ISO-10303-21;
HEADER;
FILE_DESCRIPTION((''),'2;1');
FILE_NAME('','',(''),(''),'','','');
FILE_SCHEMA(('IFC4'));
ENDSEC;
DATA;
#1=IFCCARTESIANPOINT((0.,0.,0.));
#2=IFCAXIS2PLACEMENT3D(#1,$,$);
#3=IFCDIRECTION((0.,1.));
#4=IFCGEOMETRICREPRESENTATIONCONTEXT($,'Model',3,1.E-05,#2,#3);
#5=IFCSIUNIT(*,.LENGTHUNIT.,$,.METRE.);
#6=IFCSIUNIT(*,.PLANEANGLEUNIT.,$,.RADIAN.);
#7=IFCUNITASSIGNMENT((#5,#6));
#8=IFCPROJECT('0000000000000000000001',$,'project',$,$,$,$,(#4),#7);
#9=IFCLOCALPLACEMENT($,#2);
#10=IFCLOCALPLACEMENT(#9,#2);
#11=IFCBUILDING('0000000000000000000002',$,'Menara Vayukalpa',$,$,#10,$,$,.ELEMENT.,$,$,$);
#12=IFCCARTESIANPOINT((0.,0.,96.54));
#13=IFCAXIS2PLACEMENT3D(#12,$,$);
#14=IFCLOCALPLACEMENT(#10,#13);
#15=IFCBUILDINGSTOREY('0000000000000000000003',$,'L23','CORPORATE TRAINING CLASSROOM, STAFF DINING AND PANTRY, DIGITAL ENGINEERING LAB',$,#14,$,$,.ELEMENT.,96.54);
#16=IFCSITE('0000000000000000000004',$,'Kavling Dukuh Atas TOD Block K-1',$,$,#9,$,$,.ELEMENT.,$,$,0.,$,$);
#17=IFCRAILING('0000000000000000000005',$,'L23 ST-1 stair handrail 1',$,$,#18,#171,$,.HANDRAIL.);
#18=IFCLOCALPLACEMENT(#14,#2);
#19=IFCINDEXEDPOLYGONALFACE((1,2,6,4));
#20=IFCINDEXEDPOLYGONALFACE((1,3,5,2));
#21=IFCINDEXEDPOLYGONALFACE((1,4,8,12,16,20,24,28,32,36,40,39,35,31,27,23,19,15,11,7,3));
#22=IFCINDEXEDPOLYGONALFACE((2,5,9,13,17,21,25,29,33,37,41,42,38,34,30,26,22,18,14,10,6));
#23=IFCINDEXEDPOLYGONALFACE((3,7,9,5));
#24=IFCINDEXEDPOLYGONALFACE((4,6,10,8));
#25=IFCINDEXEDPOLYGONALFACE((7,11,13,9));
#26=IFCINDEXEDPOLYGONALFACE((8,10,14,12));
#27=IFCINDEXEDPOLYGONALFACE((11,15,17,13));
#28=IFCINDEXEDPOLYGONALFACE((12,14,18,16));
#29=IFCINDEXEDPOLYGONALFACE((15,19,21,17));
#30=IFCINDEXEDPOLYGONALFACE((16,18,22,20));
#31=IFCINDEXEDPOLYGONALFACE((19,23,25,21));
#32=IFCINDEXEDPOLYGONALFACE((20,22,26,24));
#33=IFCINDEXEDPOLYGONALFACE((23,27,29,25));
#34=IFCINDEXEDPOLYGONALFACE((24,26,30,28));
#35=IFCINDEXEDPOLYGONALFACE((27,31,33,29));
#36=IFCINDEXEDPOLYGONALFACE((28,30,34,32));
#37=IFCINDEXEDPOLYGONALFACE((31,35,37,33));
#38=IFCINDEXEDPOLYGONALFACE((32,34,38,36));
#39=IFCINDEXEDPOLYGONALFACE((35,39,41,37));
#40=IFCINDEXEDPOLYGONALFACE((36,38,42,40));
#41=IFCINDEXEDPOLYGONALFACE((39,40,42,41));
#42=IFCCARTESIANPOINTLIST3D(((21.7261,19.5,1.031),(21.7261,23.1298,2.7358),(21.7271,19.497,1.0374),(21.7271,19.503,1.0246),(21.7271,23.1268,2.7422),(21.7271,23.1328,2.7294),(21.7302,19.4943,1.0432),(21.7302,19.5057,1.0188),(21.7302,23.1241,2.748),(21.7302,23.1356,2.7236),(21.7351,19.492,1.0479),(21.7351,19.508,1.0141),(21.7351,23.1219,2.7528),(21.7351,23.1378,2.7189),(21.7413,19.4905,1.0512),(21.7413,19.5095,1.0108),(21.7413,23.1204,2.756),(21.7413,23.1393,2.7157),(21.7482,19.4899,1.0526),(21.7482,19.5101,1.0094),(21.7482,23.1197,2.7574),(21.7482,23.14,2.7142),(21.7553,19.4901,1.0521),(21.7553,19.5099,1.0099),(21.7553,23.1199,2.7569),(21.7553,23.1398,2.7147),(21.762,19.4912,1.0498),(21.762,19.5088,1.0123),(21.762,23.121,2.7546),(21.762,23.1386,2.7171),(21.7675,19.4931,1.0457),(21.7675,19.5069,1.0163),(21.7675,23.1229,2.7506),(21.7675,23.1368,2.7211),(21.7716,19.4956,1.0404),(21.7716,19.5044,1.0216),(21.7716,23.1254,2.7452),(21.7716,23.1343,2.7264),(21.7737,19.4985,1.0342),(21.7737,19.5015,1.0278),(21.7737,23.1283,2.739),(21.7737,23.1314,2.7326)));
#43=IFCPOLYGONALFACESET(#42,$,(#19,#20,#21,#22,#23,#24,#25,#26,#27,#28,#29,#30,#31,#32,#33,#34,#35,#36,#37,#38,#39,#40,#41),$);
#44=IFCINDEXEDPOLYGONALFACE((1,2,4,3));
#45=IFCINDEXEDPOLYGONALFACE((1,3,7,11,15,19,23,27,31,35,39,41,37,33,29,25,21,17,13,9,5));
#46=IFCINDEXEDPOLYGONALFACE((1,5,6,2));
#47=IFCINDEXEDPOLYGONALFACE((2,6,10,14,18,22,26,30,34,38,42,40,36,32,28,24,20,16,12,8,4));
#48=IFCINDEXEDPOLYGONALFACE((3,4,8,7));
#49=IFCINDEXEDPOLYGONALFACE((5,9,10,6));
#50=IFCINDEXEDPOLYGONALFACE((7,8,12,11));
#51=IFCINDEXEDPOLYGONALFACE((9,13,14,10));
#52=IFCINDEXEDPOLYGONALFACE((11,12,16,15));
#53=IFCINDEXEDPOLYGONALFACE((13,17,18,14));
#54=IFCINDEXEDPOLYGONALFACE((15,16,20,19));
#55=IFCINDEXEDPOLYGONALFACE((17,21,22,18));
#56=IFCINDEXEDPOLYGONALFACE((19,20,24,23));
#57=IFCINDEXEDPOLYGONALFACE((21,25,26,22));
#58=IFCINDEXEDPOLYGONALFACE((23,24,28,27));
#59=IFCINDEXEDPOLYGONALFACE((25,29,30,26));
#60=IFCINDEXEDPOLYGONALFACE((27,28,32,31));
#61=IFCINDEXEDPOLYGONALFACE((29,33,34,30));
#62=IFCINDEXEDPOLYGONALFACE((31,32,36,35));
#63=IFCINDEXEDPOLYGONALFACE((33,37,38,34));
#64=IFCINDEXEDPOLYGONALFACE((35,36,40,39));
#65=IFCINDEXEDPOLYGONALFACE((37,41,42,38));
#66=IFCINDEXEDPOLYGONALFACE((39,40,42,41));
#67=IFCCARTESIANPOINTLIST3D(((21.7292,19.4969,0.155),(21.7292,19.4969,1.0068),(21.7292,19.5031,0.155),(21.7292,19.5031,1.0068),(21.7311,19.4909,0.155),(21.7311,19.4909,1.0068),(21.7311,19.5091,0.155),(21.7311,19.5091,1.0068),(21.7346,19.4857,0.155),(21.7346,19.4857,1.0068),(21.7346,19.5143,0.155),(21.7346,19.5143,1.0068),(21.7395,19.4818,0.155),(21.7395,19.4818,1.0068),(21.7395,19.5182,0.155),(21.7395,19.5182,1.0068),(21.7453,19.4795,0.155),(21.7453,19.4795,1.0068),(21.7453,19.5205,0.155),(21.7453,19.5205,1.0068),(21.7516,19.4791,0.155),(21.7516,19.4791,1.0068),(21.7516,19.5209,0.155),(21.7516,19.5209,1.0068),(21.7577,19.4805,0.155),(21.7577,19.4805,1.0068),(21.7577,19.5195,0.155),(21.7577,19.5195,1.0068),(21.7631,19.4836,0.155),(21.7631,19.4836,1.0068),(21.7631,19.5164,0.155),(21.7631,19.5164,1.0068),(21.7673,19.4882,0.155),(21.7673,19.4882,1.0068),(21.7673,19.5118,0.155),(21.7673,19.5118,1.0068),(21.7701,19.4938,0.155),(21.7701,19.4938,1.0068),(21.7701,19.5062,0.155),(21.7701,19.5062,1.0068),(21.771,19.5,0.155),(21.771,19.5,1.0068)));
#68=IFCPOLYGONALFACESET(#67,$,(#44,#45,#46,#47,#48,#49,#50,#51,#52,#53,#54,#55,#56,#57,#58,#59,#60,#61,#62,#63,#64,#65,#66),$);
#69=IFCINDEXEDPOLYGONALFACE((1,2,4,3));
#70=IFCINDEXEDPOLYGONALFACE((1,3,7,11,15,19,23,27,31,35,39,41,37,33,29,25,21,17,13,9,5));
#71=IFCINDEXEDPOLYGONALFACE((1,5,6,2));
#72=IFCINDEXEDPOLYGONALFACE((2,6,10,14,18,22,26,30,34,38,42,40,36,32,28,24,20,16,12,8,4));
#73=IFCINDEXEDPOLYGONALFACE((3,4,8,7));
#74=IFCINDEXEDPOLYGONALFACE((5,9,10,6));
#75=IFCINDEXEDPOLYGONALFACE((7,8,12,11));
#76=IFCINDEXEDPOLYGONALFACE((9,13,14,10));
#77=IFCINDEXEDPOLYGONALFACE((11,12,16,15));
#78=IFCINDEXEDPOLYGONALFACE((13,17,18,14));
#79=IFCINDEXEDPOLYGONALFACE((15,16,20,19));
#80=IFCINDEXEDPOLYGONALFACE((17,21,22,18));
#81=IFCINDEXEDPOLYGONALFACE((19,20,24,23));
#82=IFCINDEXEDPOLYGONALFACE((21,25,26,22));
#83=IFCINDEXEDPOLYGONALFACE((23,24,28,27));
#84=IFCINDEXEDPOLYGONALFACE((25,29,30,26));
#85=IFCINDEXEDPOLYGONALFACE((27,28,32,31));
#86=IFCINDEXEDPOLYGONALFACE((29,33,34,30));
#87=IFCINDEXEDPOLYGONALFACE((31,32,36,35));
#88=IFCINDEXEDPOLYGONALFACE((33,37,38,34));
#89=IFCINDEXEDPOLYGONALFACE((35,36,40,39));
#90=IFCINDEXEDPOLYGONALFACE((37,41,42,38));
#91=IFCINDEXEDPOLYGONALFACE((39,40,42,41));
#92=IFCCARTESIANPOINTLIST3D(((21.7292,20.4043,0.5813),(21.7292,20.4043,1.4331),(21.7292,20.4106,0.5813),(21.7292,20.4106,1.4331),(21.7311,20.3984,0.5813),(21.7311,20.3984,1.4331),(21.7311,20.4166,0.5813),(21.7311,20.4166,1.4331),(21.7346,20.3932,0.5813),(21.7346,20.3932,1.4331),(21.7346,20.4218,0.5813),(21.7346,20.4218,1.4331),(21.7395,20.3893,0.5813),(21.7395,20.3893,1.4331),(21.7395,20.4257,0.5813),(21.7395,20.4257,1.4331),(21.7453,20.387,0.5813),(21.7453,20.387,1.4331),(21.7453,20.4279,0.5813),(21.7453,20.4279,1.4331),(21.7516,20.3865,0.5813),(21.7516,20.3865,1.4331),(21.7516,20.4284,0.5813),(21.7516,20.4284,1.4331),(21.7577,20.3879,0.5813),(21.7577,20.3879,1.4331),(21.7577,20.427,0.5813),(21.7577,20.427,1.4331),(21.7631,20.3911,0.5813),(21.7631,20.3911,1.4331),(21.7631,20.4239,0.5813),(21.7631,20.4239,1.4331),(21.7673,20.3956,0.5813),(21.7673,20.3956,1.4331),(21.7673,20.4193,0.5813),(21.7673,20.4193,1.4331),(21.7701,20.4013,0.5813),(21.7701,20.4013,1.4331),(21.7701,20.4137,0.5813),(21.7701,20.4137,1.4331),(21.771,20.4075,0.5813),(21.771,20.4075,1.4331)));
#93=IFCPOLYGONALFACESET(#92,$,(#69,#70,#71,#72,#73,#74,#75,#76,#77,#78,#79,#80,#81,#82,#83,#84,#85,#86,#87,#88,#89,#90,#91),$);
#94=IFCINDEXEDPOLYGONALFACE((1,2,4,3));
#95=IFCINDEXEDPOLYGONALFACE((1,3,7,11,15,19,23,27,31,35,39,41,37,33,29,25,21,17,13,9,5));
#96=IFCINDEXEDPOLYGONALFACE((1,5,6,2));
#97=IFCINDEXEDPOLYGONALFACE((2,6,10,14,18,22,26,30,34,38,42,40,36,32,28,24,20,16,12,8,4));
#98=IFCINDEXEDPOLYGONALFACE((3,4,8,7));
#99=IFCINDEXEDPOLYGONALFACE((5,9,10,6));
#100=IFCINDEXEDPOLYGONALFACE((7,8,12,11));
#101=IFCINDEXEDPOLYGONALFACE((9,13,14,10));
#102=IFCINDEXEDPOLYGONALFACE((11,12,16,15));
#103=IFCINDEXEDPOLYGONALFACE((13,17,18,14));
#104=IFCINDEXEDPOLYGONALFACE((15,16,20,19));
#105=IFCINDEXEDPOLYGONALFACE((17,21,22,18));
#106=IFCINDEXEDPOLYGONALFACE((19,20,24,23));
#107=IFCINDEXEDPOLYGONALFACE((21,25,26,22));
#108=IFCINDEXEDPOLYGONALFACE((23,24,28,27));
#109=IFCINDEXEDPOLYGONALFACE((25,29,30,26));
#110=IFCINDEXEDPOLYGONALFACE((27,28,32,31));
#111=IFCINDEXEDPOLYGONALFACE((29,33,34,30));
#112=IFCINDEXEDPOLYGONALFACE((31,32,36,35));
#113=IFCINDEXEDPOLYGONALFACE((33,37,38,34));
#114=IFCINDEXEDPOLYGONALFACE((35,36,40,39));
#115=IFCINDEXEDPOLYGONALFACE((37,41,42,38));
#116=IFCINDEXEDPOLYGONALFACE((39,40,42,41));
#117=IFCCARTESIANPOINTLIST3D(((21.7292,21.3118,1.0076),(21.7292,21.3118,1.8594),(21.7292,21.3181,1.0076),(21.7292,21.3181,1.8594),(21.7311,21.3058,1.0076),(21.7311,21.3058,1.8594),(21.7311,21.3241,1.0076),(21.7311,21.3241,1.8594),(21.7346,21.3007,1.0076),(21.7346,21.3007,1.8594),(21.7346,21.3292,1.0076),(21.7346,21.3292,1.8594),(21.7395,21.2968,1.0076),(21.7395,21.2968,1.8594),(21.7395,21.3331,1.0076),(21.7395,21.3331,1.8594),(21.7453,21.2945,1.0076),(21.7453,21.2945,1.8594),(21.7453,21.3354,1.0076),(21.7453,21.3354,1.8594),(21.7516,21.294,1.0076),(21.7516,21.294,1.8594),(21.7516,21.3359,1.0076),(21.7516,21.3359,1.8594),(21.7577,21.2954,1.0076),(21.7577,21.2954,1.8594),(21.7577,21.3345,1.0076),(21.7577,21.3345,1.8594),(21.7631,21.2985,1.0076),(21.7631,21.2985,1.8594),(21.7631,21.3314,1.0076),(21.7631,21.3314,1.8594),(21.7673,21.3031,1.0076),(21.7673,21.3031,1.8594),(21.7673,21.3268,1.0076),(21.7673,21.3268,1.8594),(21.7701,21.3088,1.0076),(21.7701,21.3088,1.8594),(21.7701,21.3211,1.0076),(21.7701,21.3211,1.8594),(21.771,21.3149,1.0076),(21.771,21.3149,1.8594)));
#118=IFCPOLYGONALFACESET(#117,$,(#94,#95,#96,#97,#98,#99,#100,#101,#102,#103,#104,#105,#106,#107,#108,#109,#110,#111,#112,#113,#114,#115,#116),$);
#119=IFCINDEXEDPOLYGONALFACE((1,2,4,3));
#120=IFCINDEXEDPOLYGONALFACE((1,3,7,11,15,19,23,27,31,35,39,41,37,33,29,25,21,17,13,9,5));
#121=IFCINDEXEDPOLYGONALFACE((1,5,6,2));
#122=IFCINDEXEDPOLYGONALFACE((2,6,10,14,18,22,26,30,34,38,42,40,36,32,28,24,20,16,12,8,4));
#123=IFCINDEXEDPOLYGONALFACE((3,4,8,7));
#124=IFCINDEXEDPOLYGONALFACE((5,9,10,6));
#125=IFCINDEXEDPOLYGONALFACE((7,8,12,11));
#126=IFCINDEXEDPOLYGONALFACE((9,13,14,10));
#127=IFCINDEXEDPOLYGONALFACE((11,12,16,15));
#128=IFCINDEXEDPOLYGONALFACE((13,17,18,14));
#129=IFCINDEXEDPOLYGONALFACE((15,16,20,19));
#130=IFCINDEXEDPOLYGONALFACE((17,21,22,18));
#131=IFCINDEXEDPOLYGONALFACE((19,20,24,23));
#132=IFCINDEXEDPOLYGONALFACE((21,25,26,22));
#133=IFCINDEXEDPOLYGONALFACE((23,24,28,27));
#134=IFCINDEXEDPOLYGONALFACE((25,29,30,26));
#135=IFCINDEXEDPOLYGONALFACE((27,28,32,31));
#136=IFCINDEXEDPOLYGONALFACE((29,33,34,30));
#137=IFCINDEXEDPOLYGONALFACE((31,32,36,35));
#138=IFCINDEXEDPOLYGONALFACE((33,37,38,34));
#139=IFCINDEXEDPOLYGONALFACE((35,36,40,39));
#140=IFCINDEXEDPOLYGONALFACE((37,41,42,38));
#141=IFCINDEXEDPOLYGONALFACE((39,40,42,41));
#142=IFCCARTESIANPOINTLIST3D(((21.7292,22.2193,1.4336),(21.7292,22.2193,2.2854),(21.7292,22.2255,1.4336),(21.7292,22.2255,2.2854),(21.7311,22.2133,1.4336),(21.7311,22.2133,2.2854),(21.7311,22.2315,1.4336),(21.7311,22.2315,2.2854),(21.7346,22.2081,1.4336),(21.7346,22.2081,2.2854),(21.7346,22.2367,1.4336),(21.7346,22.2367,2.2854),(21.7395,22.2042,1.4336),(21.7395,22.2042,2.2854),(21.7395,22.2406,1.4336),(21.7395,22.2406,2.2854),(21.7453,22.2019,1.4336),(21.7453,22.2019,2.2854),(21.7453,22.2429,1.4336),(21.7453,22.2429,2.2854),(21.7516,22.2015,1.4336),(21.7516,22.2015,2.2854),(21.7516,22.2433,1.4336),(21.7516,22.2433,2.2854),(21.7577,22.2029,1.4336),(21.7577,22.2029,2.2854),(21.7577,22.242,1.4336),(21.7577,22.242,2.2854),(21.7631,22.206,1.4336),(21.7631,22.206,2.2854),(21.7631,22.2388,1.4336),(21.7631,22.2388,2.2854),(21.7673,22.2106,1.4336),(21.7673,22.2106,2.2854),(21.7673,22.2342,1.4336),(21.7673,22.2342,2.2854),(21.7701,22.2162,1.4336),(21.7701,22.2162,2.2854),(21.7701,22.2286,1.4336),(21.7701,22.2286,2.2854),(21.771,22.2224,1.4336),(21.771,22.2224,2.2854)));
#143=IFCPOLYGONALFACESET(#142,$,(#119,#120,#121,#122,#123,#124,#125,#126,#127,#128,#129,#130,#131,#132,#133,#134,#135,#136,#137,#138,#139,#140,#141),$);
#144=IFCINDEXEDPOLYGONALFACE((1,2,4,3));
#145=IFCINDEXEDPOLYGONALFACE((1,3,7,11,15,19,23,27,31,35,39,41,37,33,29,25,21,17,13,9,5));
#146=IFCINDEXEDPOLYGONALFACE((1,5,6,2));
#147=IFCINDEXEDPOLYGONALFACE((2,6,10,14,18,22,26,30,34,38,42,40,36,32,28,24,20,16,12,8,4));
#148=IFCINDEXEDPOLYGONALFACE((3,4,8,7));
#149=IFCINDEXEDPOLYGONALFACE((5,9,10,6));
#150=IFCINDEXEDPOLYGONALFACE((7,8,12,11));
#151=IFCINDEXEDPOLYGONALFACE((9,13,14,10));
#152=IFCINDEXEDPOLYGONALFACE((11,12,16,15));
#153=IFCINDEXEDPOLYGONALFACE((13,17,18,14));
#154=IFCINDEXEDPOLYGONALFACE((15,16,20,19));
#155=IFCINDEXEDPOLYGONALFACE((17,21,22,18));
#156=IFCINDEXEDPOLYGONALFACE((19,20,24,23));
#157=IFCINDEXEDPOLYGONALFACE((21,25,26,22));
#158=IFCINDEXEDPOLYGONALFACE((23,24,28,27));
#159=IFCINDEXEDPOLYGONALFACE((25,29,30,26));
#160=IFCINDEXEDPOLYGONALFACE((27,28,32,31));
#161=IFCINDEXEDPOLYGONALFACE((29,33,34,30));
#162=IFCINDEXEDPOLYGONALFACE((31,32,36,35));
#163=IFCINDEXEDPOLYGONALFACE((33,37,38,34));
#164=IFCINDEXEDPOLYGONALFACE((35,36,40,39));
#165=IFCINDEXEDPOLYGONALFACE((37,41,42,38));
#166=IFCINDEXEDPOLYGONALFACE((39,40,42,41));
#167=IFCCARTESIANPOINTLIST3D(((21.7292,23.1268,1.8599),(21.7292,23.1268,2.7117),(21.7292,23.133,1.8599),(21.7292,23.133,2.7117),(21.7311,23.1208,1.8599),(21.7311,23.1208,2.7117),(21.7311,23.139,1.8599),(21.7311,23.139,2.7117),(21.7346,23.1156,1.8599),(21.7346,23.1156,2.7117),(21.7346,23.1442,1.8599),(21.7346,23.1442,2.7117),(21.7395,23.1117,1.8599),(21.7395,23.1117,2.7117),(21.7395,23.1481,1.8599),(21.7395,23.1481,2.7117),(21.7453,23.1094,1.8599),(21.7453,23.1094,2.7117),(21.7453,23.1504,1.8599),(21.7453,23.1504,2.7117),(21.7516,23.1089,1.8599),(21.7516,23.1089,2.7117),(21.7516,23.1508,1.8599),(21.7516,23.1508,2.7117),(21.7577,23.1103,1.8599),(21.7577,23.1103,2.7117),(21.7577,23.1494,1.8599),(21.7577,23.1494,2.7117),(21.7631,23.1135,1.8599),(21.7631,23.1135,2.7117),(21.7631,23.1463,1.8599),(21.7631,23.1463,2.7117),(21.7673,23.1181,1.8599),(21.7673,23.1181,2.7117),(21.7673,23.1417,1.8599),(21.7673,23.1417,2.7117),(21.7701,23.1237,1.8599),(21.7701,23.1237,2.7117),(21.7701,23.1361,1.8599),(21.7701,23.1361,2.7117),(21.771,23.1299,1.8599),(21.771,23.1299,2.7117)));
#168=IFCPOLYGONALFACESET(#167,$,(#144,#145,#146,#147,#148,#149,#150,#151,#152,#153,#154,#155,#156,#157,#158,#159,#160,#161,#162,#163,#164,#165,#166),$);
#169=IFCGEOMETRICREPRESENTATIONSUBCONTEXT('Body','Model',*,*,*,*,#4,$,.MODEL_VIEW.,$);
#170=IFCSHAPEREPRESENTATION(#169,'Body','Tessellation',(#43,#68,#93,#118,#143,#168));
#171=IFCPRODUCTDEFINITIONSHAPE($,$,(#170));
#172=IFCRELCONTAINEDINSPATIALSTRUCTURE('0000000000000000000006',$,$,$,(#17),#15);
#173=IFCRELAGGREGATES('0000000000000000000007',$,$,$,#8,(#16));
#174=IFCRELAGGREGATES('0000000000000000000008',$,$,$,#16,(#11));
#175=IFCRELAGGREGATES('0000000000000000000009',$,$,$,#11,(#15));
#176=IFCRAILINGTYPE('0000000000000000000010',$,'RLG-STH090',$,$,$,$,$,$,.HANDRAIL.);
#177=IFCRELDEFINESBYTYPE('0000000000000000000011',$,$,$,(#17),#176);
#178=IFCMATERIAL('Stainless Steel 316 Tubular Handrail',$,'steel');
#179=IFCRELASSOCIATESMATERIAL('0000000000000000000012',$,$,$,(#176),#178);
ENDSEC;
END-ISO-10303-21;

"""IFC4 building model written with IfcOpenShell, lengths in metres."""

from ifc_helpers import new_model, si_unit, direction, frame, origin, origin_2d, place, context, subcontext, project, spatial, circle, extrude, material, type_object, element, save


model = new_model("IFC4")

# Units and contexts
model_context = context("Model", 3, precision=1e-05, world=origin(), true_north=direction((0.0, 1.0)))
body_context = subcontext(model_context, "Body", "Model", "MODEL_VIEW")
ifc_project = project(units=[si_unit("LENGTHUNIT", "METRE"), si_unit("PLANEANGLEUNIT", "RADIAN")], contexts=[model_context])

# Site, building, storey
site_placement = place(None, origin())
site = spatial("IfcSite", under=ifc_project, at=site_placement, Name="Kavling Dukuh Atas TOD Block K-1", CompositionType="ELEMENT", RefElevation=0.0)
building_placement = place(site_placement, origin())
building = spatial("IfcBuilding", under=site, at=building_placement, Name="Menara Vayukalpa", CompositionType="ELEMENT")
storey_placement = place(building_placement, frame((0.0, 0.0, 96.54)))
storey = spatial("IfcBuildingStorey", under=building, at=storey_placement, Name="L23", Description="CORPORATE TRAINING CLASSROOM, STAFF DINING AND PANTRY, DIGITAL ENGINEERING LAB", CompositionType="ELEMENT", Elevation=96.54)

# Railing
ifc_material_1 = material(Name="Stainless Steel 316 Tubular Handrail", Category="steel")
railing_type_1 = type_object("IfcRailingType", Name="RLG-STH090", PredefinedType="HANDRAIL", material=ifc_material_1)
railing_1_placement = place(storey_placement, frame((21.75, 19.5, 0.155)))
element("IfcRailing", 1, at=railing_1_placement, inside=storey, type_object=railing_type_1, Name="L23 ST-1 stair handrail 1", PredefinedType="HANDRAIL", context=body_context, shape_type="SweptSolid", body=[
    extrude(circle(Radius=0.0239, at=origin_2d()), frame((0.0, 0.0, 0.876), z_axis=(0.0, 0.90514, 0.425114), x_axis=(-1.0, 0.0, 0.0)), (0.0, 0.0, 1.0), 4.0103),
    extrude(circle(Radius=0.021, at=origin_2d()), origin(), (0.0, 0.0, 1.0), 0.8518),
    extrude(circle(Radius=0.021, at=origin_2d()), frame((0.0, 0.9075, 0.4263)), (0.0, 0.0, 1.0), 0.8518),
    extrude(circle(Radius=0.021, at=origin_2d()), frame((0.0, 1.8149, 0.8525)), (0.0, 0.0, 1.0), 0.8518),
    extrude(circle(Radius=0.021, at=origin_2d()), frame((0.0, 2.7224, 1.2786)), (0.0, 0.0, 1.0), 0.8518),
    extrude(circle(Radius=0.021, at=origin_2d()), frame((0.0, 3.6299, 1.7048)), (0.0, 0.0, 1.0), 0.8518),
])

save(model, "model.ifc")
